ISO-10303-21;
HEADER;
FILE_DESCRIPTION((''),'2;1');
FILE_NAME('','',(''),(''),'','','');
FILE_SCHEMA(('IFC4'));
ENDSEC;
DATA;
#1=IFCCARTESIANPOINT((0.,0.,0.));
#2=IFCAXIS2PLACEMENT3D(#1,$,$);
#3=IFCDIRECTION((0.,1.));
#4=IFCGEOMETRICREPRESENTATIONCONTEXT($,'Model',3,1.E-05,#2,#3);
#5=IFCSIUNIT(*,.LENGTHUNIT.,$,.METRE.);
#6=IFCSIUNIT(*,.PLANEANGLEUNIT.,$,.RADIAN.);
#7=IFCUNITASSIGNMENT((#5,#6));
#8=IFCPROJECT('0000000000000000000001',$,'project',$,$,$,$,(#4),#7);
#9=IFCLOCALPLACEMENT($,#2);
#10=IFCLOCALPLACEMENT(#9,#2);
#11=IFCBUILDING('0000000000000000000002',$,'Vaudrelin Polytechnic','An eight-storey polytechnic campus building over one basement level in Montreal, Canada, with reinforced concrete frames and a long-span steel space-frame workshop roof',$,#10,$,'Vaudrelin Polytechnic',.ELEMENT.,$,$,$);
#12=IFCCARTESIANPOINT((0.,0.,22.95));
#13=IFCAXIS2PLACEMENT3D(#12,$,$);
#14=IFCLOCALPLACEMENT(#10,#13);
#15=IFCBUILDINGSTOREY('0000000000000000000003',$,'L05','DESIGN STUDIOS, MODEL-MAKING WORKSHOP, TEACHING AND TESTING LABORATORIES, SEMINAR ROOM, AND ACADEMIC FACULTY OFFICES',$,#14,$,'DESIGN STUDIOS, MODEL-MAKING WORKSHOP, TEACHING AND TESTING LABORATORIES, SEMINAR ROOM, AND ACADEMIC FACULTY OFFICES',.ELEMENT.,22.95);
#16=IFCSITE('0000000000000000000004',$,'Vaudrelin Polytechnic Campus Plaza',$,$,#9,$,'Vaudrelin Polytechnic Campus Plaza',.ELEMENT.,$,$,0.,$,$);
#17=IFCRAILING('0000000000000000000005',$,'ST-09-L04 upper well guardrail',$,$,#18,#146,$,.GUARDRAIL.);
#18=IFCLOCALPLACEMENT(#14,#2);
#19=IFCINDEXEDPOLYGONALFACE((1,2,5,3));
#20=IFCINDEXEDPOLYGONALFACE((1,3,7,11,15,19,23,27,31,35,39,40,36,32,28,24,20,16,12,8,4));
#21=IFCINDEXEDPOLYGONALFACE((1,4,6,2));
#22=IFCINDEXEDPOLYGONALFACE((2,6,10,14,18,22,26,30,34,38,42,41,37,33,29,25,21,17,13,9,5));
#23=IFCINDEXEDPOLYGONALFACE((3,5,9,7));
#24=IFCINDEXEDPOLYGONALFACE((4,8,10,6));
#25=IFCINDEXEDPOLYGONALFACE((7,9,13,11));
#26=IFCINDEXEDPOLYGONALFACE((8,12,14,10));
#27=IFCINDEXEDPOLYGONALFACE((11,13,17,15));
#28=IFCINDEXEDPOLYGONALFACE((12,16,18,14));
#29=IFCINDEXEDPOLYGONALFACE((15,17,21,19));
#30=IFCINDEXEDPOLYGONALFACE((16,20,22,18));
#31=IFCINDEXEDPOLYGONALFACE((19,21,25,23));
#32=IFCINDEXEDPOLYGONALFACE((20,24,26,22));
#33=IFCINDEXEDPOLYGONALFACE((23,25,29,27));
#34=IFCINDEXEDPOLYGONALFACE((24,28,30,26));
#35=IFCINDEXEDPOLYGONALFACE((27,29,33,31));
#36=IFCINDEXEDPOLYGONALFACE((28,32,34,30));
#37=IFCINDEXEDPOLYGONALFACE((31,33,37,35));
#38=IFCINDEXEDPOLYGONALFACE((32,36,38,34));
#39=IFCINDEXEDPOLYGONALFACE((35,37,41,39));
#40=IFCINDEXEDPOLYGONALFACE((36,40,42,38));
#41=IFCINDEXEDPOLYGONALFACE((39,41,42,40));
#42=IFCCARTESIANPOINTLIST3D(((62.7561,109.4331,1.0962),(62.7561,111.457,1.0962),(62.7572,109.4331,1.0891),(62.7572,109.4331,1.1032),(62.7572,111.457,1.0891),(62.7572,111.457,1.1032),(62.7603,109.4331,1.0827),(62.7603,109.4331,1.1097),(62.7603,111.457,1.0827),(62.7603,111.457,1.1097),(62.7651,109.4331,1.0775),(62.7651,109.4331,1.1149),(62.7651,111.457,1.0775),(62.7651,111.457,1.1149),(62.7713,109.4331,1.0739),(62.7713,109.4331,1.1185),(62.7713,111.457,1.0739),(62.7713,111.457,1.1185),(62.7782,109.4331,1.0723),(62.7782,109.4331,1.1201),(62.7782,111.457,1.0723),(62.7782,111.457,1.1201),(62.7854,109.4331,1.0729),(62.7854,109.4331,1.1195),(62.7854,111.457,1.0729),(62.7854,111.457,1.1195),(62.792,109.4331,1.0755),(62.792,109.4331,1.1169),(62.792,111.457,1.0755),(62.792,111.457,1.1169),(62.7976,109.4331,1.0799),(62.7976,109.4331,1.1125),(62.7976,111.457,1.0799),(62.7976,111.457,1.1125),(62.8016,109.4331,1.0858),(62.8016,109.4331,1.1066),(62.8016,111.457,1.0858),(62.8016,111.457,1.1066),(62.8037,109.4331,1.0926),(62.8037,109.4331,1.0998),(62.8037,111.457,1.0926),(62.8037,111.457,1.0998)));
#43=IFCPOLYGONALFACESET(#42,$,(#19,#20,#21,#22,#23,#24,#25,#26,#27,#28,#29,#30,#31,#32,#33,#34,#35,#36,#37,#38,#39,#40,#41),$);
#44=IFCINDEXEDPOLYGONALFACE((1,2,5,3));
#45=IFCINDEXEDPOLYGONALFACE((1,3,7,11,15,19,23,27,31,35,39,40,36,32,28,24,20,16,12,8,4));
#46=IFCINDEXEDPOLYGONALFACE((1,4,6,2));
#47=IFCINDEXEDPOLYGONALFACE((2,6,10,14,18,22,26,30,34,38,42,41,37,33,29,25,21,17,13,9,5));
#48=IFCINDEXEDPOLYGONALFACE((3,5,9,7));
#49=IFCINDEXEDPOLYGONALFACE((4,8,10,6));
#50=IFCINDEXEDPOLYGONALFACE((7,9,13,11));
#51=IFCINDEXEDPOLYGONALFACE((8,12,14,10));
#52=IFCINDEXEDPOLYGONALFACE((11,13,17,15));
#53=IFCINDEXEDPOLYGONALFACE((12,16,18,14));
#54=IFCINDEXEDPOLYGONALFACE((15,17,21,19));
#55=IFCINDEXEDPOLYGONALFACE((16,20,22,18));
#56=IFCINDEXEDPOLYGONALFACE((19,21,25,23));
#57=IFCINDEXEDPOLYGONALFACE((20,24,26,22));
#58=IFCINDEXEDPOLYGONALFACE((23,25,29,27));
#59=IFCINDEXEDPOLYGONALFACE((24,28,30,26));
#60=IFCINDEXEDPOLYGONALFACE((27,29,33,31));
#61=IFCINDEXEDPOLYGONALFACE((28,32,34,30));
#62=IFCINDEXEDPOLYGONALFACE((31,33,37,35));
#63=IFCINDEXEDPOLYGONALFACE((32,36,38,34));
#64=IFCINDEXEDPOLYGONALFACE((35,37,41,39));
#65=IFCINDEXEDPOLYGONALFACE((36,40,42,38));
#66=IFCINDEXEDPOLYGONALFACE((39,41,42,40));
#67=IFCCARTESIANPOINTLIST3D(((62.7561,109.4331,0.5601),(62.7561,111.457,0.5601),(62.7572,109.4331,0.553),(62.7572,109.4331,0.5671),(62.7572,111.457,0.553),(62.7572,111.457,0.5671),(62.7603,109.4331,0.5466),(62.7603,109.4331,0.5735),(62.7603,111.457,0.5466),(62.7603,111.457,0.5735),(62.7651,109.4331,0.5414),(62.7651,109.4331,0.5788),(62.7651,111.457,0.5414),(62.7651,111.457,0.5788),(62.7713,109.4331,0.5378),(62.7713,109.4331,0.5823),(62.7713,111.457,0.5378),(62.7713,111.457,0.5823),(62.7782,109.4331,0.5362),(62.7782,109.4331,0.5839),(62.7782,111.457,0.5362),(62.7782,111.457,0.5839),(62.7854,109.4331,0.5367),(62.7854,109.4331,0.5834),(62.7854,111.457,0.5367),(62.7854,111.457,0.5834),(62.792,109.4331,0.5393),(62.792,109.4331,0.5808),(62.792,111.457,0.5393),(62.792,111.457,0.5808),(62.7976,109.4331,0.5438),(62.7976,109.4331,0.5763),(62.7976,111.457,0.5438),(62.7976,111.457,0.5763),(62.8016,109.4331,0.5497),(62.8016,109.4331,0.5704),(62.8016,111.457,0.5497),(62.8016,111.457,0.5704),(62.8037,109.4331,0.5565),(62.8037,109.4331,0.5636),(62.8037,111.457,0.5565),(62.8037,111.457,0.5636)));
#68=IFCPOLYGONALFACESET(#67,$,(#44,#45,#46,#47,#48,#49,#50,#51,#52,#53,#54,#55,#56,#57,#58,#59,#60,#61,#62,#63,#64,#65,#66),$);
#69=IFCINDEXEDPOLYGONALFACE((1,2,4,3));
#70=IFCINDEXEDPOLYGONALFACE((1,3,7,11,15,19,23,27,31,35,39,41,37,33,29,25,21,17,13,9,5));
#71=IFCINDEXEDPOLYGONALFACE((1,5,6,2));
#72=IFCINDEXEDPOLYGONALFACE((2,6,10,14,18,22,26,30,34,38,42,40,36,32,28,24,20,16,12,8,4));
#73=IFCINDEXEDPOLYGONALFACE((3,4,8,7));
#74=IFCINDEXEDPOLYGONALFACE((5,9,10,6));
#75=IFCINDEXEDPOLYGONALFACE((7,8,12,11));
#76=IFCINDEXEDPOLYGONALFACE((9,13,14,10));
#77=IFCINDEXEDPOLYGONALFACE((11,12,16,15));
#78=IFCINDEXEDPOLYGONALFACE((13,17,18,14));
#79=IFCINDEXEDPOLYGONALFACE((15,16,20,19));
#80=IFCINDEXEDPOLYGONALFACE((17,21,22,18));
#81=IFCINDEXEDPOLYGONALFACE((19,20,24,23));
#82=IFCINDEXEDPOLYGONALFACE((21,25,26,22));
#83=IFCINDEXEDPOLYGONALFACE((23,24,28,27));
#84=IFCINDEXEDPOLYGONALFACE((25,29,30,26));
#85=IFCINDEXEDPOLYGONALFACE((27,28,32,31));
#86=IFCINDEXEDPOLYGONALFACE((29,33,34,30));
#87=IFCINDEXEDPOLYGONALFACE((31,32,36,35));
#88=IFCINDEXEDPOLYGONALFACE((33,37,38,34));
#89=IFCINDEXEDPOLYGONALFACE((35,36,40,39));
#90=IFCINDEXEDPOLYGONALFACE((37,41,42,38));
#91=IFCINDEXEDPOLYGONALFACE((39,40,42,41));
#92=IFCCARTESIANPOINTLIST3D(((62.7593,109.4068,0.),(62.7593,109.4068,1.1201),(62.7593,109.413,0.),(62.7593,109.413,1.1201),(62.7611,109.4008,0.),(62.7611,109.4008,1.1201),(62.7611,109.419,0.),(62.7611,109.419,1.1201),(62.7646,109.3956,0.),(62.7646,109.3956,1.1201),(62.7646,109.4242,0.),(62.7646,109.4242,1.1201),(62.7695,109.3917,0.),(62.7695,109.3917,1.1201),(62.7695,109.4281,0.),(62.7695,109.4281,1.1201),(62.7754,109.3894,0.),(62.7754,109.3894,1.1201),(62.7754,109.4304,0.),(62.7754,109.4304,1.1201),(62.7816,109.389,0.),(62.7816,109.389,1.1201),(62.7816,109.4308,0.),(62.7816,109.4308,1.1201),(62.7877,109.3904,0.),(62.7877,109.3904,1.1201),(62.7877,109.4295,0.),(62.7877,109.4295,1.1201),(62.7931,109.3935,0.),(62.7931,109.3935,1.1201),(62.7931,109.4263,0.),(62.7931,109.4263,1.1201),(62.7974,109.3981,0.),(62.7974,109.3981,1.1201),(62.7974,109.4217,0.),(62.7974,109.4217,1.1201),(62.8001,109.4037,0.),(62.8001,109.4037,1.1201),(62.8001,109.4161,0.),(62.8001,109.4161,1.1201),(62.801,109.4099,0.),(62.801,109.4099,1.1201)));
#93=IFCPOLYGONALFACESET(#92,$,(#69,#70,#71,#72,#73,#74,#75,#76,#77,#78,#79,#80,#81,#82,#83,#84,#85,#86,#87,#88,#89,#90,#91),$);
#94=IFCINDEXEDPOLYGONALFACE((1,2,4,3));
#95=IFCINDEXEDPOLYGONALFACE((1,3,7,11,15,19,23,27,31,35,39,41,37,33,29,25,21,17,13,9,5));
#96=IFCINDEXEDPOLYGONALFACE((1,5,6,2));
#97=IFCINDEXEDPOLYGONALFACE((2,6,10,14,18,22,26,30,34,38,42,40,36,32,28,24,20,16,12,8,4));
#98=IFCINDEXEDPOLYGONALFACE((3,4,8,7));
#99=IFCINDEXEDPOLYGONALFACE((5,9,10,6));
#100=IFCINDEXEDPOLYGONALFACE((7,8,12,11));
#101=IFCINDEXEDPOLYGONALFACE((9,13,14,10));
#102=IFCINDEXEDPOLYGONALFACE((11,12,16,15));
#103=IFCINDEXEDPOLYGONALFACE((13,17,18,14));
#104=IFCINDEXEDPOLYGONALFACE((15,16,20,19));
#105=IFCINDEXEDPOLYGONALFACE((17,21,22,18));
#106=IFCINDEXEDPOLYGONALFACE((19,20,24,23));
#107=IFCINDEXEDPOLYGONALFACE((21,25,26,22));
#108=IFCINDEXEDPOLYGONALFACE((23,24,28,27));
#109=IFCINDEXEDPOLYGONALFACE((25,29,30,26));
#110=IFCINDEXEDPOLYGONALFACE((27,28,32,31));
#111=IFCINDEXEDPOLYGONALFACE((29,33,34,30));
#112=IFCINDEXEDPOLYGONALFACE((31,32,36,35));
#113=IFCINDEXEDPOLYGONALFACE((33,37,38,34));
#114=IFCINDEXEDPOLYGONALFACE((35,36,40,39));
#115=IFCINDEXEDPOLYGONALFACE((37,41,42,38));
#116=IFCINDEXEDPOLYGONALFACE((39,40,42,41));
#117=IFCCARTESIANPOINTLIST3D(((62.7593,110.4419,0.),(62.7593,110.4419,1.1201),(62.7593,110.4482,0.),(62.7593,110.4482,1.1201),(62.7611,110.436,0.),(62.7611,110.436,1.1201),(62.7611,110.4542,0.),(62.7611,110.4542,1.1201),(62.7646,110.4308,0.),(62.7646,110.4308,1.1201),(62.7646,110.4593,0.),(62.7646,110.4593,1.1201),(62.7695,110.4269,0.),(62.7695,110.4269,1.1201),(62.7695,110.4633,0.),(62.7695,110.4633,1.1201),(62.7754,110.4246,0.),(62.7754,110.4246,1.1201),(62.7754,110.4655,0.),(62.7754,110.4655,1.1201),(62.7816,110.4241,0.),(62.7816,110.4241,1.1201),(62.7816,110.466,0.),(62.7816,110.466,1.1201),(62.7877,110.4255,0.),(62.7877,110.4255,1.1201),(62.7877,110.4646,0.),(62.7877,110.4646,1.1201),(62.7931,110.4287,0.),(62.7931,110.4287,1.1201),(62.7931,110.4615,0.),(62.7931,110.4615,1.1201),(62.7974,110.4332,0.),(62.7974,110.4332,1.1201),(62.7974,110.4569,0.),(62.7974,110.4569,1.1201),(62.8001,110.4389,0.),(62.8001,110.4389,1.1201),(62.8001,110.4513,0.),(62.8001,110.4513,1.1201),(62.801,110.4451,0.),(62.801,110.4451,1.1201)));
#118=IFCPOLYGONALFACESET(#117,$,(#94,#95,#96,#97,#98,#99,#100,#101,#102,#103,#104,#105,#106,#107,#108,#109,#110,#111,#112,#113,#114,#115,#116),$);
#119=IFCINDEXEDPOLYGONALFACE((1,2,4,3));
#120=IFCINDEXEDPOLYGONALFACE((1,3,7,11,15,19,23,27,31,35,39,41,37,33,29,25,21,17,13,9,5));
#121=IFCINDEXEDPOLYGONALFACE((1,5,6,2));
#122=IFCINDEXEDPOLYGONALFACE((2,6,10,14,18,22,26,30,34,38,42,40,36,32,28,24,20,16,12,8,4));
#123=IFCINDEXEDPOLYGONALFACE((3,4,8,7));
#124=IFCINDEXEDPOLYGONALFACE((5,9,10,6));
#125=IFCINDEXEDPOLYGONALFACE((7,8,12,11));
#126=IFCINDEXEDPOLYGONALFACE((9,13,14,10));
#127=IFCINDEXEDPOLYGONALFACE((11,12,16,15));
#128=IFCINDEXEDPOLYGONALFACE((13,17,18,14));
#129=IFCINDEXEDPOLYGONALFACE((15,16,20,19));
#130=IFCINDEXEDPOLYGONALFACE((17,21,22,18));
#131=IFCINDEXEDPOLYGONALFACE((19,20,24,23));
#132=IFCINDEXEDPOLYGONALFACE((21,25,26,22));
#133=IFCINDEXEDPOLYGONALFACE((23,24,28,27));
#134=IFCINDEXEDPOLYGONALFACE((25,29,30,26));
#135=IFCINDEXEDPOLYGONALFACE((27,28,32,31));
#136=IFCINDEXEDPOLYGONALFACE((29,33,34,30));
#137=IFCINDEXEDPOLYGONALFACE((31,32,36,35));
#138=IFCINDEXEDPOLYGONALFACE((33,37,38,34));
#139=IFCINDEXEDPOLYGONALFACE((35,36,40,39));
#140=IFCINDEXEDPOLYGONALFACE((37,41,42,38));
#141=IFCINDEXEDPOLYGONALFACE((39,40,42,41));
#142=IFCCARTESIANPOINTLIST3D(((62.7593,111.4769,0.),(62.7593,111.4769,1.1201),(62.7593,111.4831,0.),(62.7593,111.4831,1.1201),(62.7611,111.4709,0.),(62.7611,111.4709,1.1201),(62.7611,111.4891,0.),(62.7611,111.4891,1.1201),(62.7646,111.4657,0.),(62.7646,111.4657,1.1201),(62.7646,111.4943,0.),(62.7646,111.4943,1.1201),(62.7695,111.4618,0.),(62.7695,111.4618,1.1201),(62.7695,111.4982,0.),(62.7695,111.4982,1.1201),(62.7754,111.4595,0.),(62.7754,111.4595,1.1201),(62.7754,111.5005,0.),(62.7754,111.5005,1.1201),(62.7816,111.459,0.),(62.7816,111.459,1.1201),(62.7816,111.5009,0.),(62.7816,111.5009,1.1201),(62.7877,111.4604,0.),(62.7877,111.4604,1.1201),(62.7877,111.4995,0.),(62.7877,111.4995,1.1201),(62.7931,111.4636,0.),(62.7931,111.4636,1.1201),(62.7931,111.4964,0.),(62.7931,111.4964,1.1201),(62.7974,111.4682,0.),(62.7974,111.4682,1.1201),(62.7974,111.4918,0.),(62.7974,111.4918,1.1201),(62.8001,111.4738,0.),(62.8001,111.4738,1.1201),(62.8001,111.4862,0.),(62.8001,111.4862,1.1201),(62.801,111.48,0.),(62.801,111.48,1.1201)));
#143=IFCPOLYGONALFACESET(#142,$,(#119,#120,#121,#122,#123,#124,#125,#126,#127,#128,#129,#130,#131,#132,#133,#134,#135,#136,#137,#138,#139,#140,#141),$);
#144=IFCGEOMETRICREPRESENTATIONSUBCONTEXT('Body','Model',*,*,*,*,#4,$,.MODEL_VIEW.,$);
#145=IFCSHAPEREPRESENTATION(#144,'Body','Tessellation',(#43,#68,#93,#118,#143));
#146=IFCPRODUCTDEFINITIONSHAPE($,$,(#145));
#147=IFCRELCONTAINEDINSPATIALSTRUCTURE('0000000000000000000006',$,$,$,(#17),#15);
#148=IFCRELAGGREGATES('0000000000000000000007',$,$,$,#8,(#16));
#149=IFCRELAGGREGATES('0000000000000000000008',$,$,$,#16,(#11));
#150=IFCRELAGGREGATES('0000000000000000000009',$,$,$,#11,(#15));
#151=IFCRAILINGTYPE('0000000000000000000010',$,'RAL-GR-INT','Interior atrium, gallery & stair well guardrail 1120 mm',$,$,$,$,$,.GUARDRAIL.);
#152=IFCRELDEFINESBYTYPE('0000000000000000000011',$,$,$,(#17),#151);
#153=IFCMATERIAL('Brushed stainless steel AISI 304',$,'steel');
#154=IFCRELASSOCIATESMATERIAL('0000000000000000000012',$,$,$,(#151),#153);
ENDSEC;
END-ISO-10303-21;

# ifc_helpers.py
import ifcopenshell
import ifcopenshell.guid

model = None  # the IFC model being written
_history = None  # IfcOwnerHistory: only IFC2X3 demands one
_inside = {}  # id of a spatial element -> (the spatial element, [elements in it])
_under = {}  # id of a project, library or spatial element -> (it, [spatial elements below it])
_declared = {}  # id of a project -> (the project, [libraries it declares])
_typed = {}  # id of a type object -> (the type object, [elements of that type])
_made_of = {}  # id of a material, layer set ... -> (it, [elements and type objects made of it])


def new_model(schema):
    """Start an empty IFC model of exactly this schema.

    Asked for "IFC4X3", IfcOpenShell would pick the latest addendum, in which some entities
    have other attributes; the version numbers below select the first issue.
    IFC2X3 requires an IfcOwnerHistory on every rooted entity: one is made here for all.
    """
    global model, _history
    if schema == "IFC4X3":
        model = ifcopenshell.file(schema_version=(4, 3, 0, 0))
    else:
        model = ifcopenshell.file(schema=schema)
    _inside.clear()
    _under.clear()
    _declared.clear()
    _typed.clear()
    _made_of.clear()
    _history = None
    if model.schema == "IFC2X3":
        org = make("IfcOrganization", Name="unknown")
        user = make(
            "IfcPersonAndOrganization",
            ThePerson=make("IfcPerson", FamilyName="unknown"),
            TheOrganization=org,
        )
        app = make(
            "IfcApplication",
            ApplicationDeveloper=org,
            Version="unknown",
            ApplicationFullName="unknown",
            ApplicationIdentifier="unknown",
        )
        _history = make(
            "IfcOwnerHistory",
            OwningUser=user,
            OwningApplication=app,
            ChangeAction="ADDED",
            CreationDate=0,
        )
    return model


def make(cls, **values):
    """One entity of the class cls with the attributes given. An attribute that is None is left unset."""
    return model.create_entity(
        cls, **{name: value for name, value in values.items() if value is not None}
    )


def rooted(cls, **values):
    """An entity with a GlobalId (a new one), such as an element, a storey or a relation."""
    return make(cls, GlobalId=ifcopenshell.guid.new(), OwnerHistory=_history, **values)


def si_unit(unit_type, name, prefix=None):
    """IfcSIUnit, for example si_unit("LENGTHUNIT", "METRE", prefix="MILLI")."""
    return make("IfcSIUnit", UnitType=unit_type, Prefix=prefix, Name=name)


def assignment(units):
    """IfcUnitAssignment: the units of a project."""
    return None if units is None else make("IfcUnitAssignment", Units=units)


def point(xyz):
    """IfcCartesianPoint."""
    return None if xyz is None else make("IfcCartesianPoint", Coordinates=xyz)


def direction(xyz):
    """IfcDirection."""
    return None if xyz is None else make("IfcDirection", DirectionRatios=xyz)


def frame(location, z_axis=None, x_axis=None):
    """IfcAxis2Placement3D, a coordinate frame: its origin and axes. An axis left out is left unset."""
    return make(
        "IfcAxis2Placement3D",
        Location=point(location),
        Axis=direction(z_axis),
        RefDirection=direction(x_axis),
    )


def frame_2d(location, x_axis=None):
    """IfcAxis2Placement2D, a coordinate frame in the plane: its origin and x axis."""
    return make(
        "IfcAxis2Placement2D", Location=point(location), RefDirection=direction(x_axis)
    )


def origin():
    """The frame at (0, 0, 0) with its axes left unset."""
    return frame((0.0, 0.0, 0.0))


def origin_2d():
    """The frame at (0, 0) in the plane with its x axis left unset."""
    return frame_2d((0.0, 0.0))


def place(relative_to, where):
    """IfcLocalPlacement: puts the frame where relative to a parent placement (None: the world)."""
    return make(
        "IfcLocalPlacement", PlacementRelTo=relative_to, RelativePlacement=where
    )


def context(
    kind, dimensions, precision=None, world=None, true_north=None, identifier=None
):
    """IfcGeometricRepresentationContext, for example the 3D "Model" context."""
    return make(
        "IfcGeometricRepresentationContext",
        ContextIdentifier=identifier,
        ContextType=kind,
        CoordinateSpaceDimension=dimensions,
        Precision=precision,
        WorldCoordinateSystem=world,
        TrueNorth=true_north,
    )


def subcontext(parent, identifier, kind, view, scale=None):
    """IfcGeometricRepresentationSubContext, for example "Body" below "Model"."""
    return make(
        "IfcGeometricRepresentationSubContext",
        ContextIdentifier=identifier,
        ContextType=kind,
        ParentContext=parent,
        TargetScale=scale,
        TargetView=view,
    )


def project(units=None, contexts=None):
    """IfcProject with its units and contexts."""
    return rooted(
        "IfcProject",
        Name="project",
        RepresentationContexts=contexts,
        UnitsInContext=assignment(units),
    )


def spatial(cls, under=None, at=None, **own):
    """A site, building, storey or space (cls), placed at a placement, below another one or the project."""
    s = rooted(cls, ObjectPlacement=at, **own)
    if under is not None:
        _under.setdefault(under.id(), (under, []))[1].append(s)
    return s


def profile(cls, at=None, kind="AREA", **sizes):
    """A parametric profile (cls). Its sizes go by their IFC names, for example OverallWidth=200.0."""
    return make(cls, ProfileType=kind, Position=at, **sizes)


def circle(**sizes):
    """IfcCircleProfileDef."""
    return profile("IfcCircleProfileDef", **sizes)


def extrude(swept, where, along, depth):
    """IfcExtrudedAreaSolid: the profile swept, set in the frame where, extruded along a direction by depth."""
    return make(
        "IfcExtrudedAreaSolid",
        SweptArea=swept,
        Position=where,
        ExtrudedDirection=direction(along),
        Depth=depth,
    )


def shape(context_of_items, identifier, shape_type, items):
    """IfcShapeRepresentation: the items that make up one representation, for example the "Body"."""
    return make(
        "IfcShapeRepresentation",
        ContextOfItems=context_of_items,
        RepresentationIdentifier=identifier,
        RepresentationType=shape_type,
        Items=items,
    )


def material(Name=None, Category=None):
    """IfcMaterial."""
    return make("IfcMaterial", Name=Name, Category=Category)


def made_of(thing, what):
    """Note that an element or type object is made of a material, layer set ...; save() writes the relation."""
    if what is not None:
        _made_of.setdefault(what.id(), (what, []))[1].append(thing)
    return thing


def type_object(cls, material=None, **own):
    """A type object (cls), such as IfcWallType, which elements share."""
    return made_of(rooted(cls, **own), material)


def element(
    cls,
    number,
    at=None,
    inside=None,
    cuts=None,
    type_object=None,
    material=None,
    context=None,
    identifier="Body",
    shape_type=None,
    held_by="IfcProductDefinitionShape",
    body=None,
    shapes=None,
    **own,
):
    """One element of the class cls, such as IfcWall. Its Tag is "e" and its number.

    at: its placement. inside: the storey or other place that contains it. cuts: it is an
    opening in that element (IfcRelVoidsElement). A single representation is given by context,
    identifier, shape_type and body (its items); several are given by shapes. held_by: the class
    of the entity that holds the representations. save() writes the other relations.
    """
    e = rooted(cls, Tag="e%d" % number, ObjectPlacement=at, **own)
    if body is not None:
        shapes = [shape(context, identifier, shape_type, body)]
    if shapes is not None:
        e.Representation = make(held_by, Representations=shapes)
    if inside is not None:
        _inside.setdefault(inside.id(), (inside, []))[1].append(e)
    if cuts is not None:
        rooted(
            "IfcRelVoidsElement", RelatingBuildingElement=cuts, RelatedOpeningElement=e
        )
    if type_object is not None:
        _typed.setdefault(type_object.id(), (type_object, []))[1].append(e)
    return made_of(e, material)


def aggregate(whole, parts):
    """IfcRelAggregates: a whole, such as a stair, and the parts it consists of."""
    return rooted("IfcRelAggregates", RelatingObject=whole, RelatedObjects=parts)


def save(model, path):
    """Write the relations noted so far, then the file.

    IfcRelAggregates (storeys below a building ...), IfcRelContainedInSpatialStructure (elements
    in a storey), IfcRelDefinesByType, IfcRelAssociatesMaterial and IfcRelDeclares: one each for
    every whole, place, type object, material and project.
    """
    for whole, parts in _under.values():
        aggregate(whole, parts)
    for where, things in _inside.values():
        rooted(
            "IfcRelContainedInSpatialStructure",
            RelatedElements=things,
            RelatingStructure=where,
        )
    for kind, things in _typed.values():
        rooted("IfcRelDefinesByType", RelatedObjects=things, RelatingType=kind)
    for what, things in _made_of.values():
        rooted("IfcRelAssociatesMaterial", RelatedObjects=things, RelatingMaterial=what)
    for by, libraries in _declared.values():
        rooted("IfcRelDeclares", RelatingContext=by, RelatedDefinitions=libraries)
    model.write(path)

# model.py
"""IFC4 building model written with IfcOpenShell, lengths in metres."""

from ifc_helpers import new_model, si_unit, direction, frame, origin, origin_2d, place, context, subcontext, project, spatial, circle, extrude, material, type_object, element, save


model = new_model("IFC4")

# Units and contexts
model_context = context("Model", 3, precision=1e-05, world=origin(), true_north=direction((0.0, 1.0)))
body_context = subcontext(model_context, "Body", "Model", "MODEL_VIEW")
ifc_project = project(units=[si_unit("LENGTHUNIT", "METRE"), si_unit("PLANEANGLEUNIT", "RADIAN")], contexts=[model_context])

# Site, building, storey
site_placement = place(None, origin())
site = spatial("IfcSite", under=ifc_project, at=site_placement, Name="Vaudrelin Polytechnic Campus Plaza", LongName="Vaudrelin Polytechnic Campus Plaza", CompositionType="ELEMENT", RefElevation=0.0)
building_placement = place(site_placement, origin())
building = spatial("IfcBuilding", under=site, at=building_placement, Name="Vaudrelin Polytechnic", Description="An eight-storey polytechnic campus building over one basement level in Montreal, Canada, with reinforced concrete frames and a long-span steel space-frame workshop roof", LongName="Vaudrelin Polytechnic", CompositionType="ELEMENT")
storey_placement = place(building_placement, frame((0.0, 0.0, 22.95)))
storey = spatial("IfcBuildingStorey", under=building, at=storey_placement, Name="L05", Description="DESIGN STUDIOS, MODEL-MAKING WORKSHOP, TEACHING AND TESTING LABORATORIES, SEMINAR ROOM, AND ACADEMIC FACULTY OFFICES", LongName="DESIGN STUDIOS, MODEL-MAKING WORKSHOP, TEACHING AND TESTING LABORATORIES, SEMINAR ROOM, AND ACADEMIC FACULTY OFFICES", CompositionType="ELEMENT", Elevation=22.95)

# Railing
ifc_material_1 = material(Name="Brushed stainless steel AISI 304", Category="steel")
railing_type = type_object("IfcRailingType", Name="RAL-GR-INT", Description="Interior atrium, gallery & stair well guardrail 1120 mm", PredefinedType="GUARDRAIL", material=ifc_material_1)
railing_placement = place(storey_placement, frame((62.78, 109.4099, 0.0)))
element("IfcRailing", 1, at=railing_placement, inside=storey, type_object=railing_type, Name="ST-09-L04 upper well guardrail", PredefinedType="GUARDRAIL", context=body_context, shape_type="SweptSolid", body=[
    extrude(circle(Radius=0.0239, at=origin_2d()), frame((0.0, 0.0232, 1.0962), z_axis=(0.0, 1.0, 0.0), x_axis=(-1.0, 0.0, 0.0)), (0.0, 0.0, 1.0), 2.0239),
    extrude(circle(Radius=0.0239, at=origin_2d()), frame((0.0, 0.0232, 0.5601), z_axis=(0.0, 1.0, 0.0), x_axis=(-1.0, 0.0, 0.0)), (0.0, 0.0, 1.0), 2.0239),
    extrude(circle(Radius=0.021, at=origin_2d()), origin(), (0.0, 0.0, 1.0), 1.1201),
    extrude(circle(Radius=0.021, at=origin_2d()), frame((0.0, 1.0352, 0.0)), (0.0, 0.0, 1.0), 1.1201),
    extrude(circle(Radius=0.021, at=origin_2d()), frame((0.0, 2.0701, 0.0)), (0.0, 0.0, 1.0), 1.1201),
])

save(model, "model.ifc")
